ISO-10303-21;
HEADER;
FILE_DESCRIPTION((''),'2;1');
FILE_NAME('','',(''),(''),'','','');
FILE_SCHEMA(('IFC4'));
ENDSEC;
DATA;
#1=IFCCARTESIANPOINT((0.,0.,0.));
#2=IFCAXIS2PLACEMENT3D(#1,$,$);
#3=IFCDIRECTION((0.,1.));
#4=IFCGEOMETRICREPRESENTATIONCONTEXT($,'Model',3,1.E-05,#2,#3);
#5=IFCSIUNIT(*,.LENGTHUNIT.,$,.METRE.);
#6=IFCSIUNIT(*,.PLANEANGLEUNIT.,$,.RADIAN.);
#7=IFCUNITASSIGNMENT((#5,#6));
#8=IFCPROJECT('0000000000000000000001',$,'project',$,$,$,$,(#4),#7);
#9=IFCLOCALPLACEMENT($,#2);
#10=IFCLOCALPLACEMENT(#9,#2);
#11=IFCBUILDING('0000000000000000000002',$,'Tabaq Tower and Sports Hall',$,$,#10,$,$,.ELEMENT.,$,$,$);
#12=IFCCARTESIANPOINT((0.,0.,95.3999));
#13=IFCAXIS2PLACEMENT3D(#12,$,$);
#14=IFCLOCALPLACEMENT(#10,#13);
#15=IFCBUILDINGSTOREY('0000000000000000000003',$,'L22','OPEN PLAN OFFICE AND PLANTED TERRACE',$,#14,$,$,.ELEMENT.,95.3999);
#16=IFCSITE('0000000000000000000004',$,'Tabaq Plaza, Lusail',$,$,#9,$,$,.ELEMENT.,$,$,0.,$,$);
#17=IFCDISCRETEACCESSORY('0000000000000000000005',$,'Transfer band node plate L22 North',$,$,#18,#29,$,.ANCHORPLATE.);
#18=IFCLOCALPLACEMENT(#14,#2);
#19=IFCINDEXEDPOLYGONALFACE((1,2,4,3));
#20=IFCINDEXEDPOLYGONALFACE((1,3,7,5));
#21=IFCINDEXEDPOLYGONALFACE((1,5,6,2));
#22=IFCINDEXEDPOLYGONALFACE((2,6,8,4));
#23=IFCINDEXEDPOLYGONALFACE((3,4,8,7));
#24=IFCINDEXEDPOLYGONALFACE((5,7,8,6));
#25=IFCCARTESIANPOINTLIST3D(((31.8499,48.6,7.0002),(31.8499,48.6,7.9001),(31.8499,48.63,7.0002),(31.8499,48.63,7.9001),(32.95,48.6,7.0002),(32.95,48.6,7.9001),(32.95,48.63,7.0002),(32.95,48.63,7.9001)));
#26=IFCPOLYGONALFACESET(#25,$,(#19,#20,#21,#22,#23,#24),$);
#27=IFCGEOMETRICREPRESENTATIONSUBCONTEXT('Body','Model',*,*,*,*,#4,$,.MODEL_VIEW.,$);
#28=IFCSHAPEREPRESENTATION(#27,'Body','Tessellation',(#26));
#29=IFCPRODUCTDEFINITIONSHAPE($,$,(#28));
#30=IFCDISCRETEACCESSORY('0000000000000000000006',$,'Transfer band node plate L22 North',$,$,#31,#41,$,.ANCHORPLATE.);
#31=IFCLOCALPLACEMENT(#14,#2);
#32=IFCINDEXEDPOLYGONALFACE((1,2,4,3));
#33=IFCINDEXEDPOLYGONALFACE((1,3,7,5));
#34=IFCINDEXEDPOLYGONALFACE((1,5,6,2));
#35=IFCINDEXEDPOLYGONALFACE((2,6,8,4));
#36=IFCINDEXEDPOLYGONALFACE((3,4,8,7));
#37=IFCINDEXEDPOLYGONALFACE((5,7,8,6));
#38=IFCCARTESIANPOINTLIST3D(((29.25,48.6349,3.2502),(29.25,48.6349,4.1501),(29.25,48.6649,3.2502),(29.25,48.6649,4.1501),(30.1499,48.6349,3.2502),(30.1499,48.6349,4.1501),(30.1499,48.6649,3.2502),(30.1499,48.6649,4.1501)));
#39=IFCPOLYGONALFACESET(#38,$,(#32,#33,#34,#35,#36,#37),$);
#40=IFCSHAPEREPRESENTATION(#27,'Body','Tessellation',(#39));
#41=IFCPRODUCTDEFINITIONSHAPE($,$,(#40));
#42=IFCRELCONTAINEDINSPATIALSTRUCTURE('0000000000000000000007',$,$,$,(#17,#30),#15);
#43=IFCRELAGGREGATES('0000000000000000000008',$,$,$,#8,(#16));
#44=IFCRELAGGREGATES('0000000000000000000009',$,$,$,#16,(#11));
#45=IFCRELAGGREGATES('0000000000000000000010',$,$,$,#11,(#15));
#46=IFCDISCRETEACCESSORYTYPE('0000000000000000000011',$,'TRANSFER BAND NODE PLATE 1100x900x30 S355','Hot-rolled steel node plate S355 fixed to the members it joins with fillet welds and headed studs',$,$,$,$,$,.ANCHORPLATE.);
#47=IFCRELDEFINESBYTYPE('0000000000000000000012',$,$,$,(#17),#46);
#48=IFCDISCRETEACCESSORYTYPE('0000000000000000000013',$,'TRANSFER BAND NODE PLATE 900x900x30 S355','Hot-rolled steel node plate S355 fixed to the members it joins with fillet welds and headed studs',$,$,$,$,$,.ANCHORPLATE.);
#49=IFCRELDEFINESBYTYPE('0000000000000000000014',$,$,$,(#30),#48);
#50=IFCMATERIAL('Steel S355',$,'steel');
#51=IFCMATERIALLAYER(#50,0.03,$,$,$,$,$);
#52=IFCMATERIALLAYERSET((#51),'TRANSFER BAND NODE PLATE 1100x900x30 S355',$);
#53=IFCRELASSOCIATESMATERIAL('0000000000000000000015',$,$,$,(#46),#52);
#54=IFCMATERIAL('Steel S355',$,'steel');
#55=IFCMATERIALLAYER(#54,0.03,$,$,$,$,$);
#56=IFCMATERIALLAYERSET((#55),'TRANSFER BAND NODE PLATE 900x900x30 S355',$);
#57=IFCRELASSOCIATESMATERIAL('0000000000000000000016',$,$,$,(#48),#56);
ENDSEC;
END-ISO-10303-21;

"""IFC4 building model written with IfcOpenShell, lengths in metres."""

from ifc_helpers import new_model, si_unit, direction, frame, origin, origin_2d, place, context, subcontext, project, spatial, rectangle, extrude, material, layer, layer_set, type_object, element, save


model = new_model("IFC4")

# Units and contexts
model_context = context("Model", 3, precision=1e-05, world=origin(), true_north=direction((0.0, 1.0)))
body_context = subcontext(model_context, "Body", "Model", "MODEL_VIEW")
ifc_project = project(units=[si_unit("LENGTHUNIT", "METRE"), si_unit("PLANEANGLEUNIT", "RADIAN")], contexts=[model_context])

# Site, building, storey
site_placement = place(None, origin())
site = spatial("IfcSite", under=ifc_project, at=site_placement, Name="Tabaq Plaza, Lusail", CompositionType="ELEMENT", RefElevation=0.0)
building_placement = place(site_placement, origin())
building = spatial("IfcBuilding", under=site, at=building_placement, Name="Tabaq Tower and Sports Hall", CompositionType="ELEMENT")
storey_placement = place(building_placement, frame((0.0, 0.0, 95.3999)))
storey = spatial("IfcBuildingStorey", under=building, at=storey_placement, Name="L22", Description="OPEN PLAN OFFICE AND PLANTED TERRACE", CompositionType="ELEMENT", Elevation=95.3999)

# Discrete accessories
ifc_material_1 = material(Name="Steel S355", Category="steel")
ifc_layer_1 = layer(ifc_material_1, 0.03)
ifc_layer_set_1 = layer_set([ifc_layer_1], Name="TRANSFER BAND NODE PLATE 1100x900x30 S355")
discrete_accessory_type_1 = type_object("IfcDiscreteAccessoryType", Name="TRANSFER BAND NODE PLATE 1100x900x30 S355", Description="Hot-rolled steel node plate S355 fixed to the members it joins with fillet welds and headed studs", PredefinedType="ANCHORPLATE", material=ifc_layer_set_1)
for number, where, z_axis, x_axis, name in (
    (1, (32.3999, 48.615, 7.0002), (0.0, 0.0, 1.0), (-1.0, 0.0, 0.0), "Transfer band node plate L22 North"),
):
    element("IfcDiscreteAccessory", number, at=place(storey_placement, frame(where, z_axis=z_axis, x_axis=x_axis)), inside=storey, type_object=discrete_accessory_type_1, Name=name, PredefinedType="ANCHORPLATE", context=body_context, shape_type="SweptSolid", body=[
        extrude(rectangle(XDim=1.1001, YDim=0.03, at=origin_2d()), origin(), (0.0, 0.0, 1.0), 0.8999),
    ])
ifc_material_2 = material(Name="Steel S355", Category="steel")
ifc_layer_2 = layer(ifc_material_2, 0.03)
ifc_layer_set_2 = layer_set([ifc_layer_2], Name="TRANSFER BAND NODE PLATE 900x900x30 S355")
discrete_accessory_type_2 = type_object("IfcDiscreteAccessoryType", Name="TRANSFER BAND NODE PLATE 900x900x30 S355", Description="Hot-rolled steel node plate S355 fixed to the members it joins with fillet welds and headed studs", PredefinedType="ANCHORPLATE", material=ifc_layer_set_2)
discrete_accessory_placement = place(storey_placement, frame((29.7, 48.6499, 3.2502), z_axis=(0.0, 0.0, 1.0), x_axis=(-1.0, 0.0, 0.0)))
element("IfcDiscreteAccessory", 2, at=discrete_accessory_placement, inside=storey, type_object=discrete_accessory_type_2, Name="Transfer band node plate L22 North", PredefinedType="ANCHORPLATE", context=body_context, shape_type="SweptSolid", body=[
    extrude(rectangle(XDim=0.8999, YDim=0.03, at=origin_2d()), origin(), (0.0, 0.0, 1.0), 0.8999),
])

save(model, "model.ifc")
